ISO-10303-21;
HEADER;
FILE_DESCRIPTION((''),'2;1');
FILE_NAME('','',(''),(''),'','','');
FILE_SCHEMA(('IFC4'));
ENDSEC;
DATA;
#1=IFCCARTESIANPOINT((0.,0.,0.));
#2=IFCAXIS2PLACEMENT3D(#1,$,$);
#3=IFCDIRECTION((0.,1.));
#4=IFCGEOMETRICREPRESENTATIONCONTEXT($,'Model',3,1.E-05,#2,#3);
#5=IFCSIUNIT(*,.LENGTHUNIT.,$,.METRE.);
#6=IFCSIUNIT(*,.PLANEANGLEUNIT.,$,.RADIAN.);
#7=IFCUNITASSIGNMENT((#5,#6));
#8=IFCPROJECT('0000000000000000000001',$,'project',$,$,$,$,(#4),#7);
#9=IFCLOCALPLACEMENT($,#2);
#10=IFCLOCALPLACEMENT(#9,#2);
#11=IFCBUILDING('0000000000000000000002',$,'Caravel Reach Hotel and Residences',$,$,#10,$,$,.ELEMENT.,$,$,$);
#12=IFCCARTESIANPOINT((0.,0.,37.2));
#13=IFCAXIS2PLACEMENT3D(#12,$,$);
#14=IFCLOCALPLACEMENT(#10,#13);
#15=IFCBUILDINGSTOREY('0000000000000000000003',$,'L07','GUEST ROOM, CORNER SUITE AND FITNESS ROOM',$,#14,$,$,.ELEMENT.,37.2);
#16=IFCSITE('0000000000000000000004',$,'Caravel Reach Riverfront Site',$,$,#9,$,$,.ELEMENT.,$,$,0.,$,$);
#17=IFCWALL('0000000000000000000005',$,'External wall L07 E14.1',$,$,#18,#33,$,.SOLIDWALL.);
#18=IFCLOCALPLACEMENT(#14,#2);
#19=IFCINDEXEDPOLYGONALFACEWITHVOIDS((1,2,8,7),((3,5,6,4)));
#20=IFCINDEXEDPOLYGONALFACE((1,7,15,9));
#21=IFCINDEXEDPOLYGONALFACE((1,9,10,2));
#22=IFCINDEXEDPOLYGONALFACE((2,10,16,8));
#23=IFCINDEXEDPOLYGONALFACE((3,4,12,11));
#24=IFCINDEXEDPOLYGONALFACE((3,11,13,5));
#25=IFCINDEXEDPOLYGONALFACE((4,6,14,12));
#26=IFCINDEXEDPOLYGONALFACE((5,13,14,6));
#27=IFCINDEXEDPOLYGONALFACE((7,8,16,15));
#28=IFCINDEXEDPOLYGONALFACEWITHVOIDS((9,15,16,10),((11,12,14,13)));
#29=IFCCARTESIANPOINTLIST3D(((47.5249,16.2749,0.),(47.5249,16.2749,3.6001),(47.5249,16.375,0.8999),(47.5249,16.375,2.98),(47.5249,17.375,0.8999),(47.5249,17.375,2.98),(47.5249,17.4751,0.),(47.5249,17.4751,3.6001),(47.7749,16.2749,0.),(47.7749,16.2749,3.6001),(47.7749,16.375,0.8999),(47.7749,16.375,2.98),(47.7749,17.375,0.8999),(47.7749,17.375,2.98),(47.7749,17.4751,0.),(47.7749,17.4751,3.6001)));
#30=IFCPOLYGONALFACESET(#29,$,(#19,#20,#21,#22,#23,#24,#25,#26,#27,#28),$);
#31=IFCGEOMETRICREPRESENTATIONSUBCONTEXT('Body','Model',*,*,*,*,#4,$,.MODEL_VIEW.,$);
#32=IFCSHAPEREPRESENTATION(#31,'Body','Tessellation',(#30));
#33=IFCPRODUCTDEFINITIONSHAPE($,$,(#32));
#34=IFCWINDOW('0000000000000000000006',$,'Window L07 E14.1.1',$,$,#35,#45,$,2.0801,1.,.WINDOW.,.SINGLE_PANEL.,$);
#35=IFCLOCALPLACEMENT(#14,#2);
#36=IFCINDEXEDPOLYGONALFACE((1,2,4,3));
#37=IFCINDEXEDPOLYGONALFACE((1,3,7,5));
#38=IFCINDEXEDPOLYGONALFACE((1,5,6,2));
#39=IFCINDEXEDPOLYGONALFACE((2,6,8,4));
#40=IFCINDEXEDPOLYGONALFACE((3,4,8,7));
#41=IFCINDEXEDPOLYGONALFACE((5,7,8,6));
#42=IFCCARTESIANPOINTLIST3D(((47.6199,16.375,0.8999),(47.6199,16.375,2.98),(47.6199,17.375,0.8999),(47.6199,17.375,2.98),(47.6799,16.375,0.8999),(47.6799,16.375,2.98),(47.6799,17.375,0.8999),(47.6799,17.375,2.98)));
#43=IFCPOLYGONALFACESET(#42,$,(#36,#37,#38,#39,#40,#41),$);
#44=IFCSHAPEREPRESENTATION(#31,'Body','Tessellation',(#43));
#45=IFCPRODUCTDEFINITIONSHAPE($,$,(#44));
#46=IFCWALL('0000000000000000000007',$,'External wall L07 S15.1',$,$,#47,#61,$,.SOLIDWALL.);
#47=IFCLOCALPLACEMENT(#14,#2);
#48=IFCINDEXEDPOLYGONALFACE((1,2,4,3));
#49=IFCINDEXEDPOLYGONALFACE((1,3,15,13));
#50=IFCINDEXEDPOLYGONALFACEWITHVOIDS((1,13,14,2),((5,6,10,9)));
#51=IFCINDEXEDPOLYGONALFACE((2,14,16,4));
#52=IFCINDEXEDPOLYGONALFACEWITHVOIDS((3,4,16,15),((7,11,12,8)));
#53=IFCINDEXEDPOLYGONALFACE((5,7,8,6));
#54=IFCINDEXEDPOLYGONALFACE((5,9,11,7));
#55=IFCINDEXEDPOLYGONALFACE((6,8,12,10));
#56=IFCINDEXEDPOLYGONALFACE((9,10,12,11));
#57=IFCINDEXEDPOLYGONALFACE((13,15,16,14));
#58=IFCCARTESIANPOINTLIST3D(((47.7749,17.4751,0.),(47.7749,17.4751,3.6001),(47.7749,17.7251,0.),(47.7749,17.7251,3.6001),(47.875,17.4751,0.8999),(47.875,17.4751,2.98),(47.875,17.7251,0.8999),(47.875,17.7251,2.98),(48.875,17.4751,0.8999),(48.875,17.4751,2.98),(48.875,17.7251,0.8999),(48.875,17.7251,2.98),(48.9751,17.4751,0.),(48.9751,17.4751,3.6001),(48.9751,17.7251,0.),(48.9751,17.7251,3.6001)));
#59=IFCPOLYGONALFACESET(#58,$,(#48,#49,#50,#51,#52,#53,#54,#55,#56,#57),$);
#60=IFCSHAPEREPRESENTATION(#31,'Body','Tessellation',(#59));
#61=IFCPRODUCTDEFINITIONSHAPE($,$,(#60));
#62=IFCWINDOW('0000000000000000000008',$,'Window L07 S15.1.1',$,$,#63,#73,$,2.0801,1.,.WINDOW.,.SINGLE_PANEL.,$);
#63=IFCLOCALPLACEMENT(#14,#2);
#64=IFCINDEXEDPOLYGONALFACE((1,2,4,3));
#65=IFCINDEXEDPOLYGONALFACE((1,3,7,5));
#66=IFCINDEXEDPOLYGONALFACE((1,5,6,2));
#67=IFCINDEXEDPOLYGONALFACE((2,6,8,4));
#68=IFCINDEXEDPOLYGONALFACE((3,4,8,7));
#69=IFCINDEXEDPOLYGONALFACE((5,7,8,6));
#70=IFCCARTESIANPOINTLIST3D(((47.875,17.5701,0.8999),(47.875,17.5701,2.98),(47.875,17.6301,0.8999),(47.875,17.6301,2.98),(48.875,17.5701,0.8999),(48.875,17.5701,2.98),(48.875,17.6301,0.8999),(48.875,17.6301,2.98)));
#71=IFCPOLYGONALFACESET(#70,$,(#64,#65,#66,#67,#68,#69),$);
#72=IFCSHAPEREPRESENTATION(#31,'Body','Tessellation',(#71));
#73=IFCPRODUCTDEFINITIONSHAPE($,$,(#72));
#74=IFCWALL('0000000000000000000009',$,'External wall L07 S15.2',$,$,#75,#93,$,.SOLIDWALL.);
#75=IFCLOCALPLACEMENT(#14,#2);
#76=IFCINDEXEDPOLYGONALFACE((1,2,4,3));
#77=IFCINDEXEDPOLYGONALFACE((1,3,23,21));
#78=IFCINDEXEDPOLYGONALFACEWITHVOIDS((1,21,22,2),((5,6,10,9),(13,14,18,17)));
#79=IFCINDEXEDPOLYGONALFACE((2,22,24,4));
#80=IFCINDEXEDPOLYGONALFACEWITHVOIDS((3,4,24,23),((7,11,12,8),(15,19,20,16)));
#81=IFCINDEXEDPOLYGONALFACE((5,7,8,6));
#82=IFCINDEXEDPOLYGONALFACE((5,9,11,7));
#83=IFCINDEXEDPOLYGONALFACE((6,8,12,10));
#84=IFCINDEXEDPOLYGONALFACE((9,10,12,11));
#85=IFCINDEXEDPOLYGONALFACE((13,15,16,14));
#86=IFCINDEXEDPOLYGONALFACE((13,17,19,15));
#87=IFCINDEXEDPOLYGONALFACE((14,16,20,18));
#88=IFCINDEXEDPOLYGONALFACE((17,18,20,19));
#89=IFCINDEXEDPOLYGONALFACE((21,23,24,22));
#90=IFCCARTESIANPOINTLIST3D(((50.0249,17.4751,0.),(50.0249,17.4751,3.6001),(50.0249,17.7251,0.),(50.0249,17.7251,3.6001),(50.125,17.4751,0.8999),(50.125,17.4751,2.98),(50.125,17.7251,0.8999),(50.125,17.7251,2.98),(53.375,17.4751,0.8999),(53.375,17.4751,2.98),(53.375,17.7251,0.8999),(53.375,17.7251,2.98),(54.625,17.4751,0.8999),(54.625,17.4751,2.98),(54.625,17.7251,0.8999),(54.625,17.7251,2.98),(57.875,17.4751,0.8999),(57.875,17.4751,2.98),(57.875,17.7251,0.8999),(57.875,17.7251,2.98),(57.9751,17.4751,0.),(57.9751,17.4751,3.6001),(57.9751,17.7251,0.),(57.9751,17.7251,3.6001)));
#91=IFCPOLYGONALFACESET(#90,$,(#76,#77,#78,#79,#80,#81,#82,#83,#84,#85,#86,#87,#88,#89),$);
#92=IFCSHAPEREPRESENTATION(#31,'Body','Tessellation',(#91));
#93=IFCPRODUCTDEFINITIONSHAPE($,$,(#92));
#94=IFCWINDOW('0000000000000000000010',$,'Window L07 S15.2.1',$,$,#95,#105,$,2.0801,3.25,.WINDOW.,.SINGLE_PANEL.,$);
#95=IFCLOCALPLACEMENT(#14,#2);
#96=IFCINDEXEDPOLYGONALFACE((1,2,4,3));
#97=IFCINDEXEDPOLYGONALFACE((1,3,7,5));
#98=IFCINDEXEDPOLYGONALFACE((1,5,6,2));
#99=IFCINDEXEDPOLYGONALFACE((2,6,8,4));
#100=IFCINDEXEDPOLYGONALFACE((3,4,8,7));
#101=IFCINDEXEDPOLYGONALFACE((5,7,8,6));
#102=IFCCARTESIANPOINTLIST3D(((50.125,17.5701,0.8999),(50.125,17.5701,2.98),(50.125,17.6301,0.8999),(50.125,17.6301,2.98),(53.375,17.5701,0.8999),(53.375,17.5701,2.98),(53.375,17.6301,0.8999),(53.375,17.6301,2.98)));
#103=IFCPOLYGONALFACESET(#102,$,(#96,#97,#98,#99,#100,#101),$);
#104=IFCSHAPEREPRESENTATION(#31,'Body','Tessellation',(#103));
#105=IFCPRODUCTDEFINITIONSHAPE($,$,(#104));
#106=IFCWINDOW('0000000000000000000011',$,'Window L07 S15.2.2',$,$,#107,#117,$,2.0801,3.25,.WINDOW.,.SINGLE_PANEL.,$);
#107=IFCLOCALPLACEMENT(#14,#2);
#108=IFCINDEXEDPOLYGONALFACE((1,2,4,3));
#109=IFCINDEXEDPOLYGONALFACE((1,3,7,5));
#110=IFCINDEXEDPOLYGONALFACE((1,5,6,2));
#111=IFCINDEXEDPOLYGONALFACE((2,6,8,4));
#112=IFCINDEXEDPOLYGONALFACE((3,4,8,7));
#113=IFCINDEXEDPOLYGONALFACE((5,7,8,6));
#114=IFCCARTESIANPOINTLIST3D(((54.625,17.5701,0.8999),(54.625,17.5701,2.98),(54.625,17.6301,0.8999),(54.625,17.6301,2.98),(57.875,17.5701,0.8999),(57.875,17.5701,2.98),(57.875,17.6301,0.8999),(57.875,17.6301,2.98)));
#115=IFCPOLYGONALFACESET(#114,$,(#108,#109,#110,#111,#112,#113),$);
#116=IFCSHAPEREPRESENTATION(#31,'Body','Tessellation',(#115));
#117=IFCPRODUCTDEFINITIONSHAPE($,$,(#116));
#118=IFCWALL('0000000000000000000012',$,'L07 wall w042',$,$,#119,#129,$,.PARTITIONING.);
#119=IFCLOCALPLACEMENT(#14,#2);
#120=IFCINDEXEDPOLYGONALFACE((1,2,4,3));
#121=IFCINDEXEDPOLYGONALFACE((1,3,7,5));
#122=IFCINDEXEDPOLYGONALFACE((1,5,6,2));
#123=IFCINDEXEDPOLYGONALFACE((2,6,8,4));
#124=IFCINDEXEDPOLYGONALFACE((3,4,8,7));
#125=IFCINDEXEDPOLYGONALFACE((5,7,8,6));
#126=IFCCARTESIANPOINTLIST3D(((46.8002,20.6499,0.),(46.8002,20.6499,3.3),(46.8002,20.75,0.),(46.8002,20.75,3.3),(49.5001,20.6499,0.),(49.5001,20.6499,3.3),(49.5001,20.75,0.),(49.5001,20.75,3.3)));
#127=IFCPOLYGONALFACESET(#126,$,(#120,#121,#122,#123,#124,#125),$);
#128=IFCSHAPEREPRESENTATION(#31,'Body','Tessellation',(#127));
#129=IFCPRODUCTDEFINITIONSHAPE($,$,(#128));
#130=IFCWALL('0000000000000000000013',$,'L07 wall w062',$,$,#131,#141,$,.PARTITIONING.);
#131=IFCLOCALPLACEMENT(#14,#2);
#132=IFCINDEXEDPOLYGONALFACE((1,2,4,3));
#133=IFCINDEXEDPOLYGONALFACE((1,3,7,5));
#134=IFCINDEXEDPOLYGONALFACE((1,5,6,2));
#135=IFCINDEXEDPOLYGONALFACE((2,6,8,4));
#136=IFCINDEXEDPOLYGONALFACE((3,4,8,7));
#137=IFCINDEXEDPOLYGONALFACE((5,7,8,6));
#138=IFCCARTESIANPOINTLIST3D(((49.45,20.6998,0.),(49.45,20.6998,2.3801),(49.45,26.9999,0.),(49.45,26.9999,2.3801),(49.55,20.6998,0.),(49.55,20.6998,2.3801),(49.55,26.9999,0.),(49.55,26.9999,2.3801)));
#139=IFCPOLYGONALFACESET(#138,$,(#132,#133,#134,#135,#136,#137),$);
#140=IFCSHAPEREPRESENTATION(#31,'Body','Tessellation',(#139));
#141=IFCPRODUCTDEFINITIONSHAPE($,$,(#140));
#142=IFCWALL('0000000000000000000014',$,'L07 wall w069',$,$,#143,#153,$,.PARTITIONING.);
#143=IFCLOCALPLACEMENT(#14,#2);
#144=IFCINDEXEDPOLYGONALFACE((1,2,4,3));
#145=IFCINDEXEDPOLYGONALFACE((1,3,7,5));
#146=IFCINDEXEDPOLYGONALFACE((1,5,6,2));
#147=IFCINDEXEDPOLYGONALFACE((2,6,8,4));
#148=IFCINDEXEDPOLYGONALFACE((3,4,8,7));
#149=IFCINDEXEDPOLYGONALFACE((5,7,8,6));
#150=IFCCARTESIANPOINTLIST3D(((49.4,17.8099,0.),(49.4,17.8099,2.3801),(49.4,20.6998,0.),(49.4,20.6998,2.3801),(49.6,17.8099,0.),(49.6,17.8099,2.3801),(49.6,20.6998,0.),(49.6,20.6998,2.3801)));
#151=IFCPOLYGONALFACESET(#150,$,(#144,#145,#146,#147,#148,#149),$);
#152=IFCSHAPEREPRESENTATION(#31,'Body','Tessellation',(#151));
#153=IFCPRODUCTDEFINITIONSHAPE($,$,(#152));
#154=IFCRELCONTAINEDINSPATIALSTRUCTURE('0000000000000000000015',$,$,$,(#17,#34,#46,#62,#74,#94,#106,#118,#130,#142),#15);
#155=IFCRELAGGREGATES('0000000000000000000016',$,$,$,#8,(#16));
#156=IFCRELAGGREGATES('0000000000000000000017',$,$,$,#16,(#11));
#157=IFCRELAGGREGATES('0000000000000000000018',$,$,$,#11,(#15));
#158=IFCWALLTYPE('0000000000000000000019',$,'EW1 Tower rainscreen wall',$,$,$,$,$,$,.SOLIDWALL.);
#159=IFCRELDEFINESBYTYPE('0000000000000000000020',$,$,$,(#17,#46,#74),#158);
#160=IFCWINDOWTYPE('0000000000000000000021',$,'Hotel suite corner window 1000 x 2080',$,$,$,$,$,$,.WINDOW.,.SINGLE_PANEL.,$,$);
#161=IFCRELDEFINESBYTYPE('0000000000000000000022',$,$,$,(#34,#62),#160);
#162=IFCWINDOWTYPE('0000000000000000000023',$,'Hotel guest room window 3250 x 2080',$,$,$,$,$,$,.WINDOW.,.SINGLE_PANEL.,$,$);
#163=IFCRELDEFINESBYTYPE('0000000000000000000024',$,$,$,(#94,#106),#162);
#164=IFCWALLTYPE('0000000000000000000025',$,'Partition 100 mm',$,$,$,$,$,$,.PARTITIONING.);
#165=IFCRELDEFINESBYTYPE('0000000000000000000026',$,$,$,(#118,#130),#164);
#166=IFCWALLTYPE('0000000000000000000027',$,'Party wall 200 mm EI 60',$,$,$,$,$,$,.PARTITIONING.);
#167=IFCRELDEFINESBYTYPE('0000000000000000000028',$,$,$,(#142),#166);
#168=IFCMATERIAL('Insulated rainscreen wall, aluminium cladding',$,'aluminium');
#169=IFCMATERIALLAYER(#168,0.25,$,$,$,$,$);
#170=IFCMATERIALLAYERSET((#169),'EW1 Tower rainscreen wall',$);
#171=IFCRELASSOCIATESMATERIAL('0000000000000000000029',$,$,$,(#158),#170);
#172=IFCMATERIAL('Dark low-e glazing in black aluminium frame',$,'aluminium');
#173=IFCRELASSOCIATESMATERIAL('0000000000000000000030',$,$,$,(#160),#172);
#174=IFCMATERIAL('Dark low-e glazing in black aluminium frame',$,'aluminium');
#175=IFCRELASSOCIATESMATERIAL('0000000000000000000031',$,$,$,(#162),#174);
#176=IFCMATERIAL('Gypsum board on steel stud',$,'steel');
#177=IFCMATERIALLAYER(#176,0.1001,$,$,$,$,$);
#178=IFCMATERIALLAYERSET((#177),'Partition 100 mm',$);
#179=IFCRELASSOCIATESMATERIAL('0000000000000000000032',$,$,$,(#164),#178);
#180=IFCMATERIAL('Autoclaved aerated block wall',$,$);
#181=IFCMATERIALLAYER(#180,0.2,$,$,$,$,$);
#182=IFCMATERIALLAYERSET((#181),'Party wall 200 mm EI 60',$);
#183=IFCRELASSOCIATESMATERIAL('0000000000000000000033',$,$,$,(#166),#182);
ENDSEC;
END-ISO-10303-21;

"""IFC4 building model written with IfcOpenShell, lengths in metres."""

from ifc_helpers import new_model, si_unit, direction, frame, frame_2d, origin, place, context, subcontext, project, spatial, rectangle, extrude, material, layer, layer_set, type_object, element, fill, save


model = new_model("IFC4")

# Units and contexts
model_context = context("Model", 3, precision=1e-05, world=origin(), true_north=direction((0.0, 1.0)))
body_context = subcontext(model_context, "Body", "Model", "MODEL_VIEW")
ifc_project = project(units=[si_unit("LENGTHUNIT", "METRE"), si_unit("PLANEANGLEUNIT", "RADIAN")], contexts=[model_context])

# Site, building, storey
site_placement = place(None, origin())
site = spatial("IfcSite", under=ifc_project, at=site_placement, Name="Caravel Reach Riverfront Site", CompositionType="ELEMENT", RefElevation=0.0)
building_placement = place(site_placement, origin())
building = spatial("IfcBuilding", under=site, at=building_placement, Name="Caravel Reach Hotel and Residences", CompositionType="ELEMENT")
storey_placement = place(building_placement, frame((0.0, 0.0, 37.2)))
storey = spatial("IfcBuildingStorey", under=building, at=storey_placement, Name="L07", Description="GUEST ROOM, CORNER SUITE AND FITNESS ROOM", CompositionType="ELEMENT", Elevation=37.2)

# Walls, openings, windows
ifc_material_1 = material(Name="Insulated rainscreen wall, aluminium cladding", Category="aluminium")
ifc_layer_1 = layer(ifc_material_1, 0.25)
ifc_layer_set_1 = layer_set([ifc_layer_1], Name="EW1 Tower rainscreen wall")
wall_type_1 = type_object("IfcWallType", Name="EW1 Tower rainscreen wall", PredefinedType="SOLIDWALL", material=ifc_layer_set_1)
ifc_material_2 = material(Name="Dark low-e glazing in black aluminium frame", Category="aluminium")
window_type_1 = type_object("IfcWindowType", Name="Hotel suite corner window 1000 x 2080", PartitioningType="SINGLE_PANEL", PredefinedType="WINDOW", material=ifc_material_2)
wall_1_placement = place(storey_placement, frame((47.6499, 16.2749, 0.0), z_axis=(0.0, 0.0, 1.0), x_axis=(0.0, 1.0, 0.0)))
wall_1 = element("IfcWall", 1, at=wall_1_placement, inside=storey, type_object=wall_type_1, Name="External wall L07 E14.1", PredefinedType="SOLIDWALL", context=body_context, shape_type="SweptSolid", body=[
    extrude(rectangle(XDim=1.2002, YDim=0.25, at=frame_2d((0.6001, 0.0))), origin(), (0.0, 0.0, 1.0), 3.6001),
])
opening_1_placement = place(wall_1_placement, frame((0.1001, 0.0, 0.8999)))
opening_1 = element("IfcOpeningElement", 2, at=opening_1_placement, cuts=wall_1, PredefinedType="OPENING", context=body_context, shape_type="SweptSolid", body=[
    extrude(rectangle(XDim=1.0, YDim=2.0801, at=frame_2d((0.5, 1.04))), frame((0.0, 0.135, 0.0), z_axis=(0.0, -1.0, 0.0), x_axis=(1.0, 0.0, 0.0)), (0.0, 0.0, 1.0), 0.27),
])
window_1_placement = place(opening_1_placement, origin())
window_1 = element("IfcWindow", 3, at=window_1_placement, inside=storey, type_object=window_type_1, Name="Window L07 E14.1.1", OverallHeight=2.0801, OverallWidth=1.0, PartitioningType="SINGLE_PANEL", PredefinedType="WINDOW", context=body_context, shape_type="SweptSolid", body=[
    extrude(rectangle(XDim=1.0, YDim=2.0801, at=frame_2d((0.5, 1.04))), frame((0.0, 0.03, 0.0), z_axis=(0.0, -1.0, 0.0), x_axis=(1.0, 0.0, 0.0)), (0.0, 0.0, 1.0), 0.0601),
])
fill(opening_1, window_1)
wall_2_placement = place(storey_placement, frame((47.7749, 17.6001, 0.0), z_axis=(0.0, 0.0, 1.0), x_axis=(1.0, 0.0, 0.0)))
wall_2 = element("IfcWall", 4, at=wall_2_placement, inside=storey, type_object=wall_type_1, Name="External wall L07 S15.1", PredefinedType="SOLIDWALL", context=body_context, shape_type="SweptSolid", body=[
    extrude(rectangle(XDim=1.2002, YDim=0.25, at=frame_2d((0.6001, 0.0))), origin(), (0.0, 0.0, 1.0), 3.6001),
])
opening_2_placement = place(wall_2_placement, frame((0.1001, 0.0, 0.8999)))
opening_2 = element("IfcOpeningElement", 5, at=opening_2_placement, cuts=wall_2, PredefinedType="OPENING", context=body_context, shape_type="SweptSolid", body=[
    extrude(rectangle(XDim=1.0, YDim=2.0801, at=frame_2d((0.5, 1.04))), frame((0.0, 0.135, 0.0), z_axis=(0.0, -1.0, 0.0), x_axis=(1.0, 0.0, 0.0)), (0.0, 0.0, 1.0), 0.27),
])
window_2_placement = place(opening_2_placement, origin())
window_2 = element("IfcWindow", 6, at=window_2_placement, inside=storey, type_object=window_type_1, Name="Window L07 S15.1.1", OverallHeight=2.0801, OverallWidth=1.0, PartitioningType="SINGLE_PANEL", PredefinedType="WINDOW", context=body_context, shape_type="SweptSolid", body=[
    extrude(rectangle(XDim=1.0, YDim=2.0801, at=frame_2d((0.5, 1.04))), frame((0.0, 0.03, 0.0), z_axis=(0.0, -1.0, 0.0), x_axis=(1.0, 0.0, 0.0)), (0.0, 0.0, 1.0), 0.0601),
])
fill(opening_2, window_2)

# Wall, openings, windows
wall_3_placement = place(storey_placement, frame((50.0249, 17.6001, 0.0), z_axis=(0.0, 0.0, 1.0), x_axis=(1.0, 0.0, 0.0)))
wall_3 = element("IfcWall", 7, at=wall_3_placement, inside=storey, type_object=wall_type_1, Name="External wall L07 S15.2", PredefinedType="SOLIDWALL", context=body_context, shape_type="SweptSolid", body=[
    extrude(rectangle(XDim=7.9502, YDim=0.25, at=frame_2d((3.9751, 0.0))), origin(), (0.0, 0.0, 1.0), 3.6001),
])
opening_3_placement = place(wall_3_placement, frame((0.1001, 0.0, 0.8999)))
opening_3 = element("IfcOpeningElement", 8, at=opening_3_placement, cuts=wall_3, PredefinedType="OPENING", context=body_context, shape_type="SweptSolid", body=[
    extrude(rectangle(XDim=3.25, YDim=2.0801, at=frame_2d((1.625, 1.04))), frame((0.0, 0.135, 0.0), z_axis=(0.0, -1.0, 0.0), x_axis=(1.0, 0.0, 0.0)), (0.0, 0.0, 1.0), 0.27),
])
opening_4_placement = place(wall_3_placement, frame((4.6001, 0.0, 0.8999)))
opening_4 = element("IfcOpeningElement", 9, at=opening_4_placement, cuts=wall_3, PredefinedType="OPENING", context=body_context, shape_type="SweptSolid", body=[
    extrude(rectangle(XDim=3.25, YDim=2.0801, at=frame_2d((1.625, 1.04))), frame((0.0, 0.135, 0.0), z_axis=(0.0, -1.0, 0.0), x_axis=(1.0, 0.0, 0.0)), (0.0, 0.0, 1.0), 0.27),
])
ifc_material_3 = material(Name="Dark low-e glazing in black aluminium frame", Category="aluminium")
window_type_2 = type_object("IfcWindowType", Name="Hotel guest room window 3250 x 2080", PartitioningType="SINGLE_PANEL", PredefinedType="WINDOW", material=ifc_material_3)
window_3_placement = place(opening_3_placement, origin())
window_3 = element("IfcWindow", 10, at=window_3_placement, inside=storey, type_object=window_type_2, Name="Window L07 S15.2.1", OverallHeight=2.0801, OverallWidth=3.25, PartitioningType="SINGLE_PANEL", PredefinedType="WINDOW", context=body_context, shape_type="SweptSolid", body=[
    extrude(rectangle(XDim=3.25, YDim=2.0801, at=frame_2d((1.625, 1.04))), frame((0.0, 0.03, 0.0), z_axis=(0.0, -1.0, 0.0), x_axis=(1.0, 0.0, 0.0)), (0.0, 0.0, 1.0), 0.0601),
])
fill(opening_3, window_3)
window_4_placement = place(opening_4_placement, origin())
window_4 = element("IfcWindow", 11, at=window_4_placement, inside=storey, type_object=window_type_2, Name="Window L07 S15.2.2", OverallHeight=2.0801, OverallWidth=3.25, PartitioningType="SINGLE_PANEL", PredefinedType="WINDOW", context=body_context, shape_type="SweptSolid", body=[
    extrude(rectangle(XDim=3.25, YDim=2.0801, at=frame_2d((1.625, 1.04))), frame((0.0, 0.03, 0.0), z_axis=(0.0, -1.0, 0.0), x_axis=(1.0, 0.0, 0.0)), (0.0, 0.0, 1.0), 0.0601),
])
fill(opening_4, window_4)

# Walls
ifc_material_4 = material(Name="Gypsum board on steel stud", Category="steel")
ifc_layer_2 = layer(ifc_material_4, 0.1001)
ifc_layer_set_2 = layer_set([ifc_layer_2], Name="Partition 100 mm")
wall_type_2 = type_object("IfcWallType", Name="Partition 100 mm", PredefinedType="PARTITIONING", material=ifc_layer_set_2)
wall_4_placement = place(storey_placement, frame((46.8, 20.7, 0.0), z_axis=(0.0, 0.0, 1.0), x_axis=(1.0, 0.0, 0.0)))
element("IfcWall", 12, at=wall_4_placement, inside=storey, type_object=wall_type_2, Name="L07 wall w042", PredefinedType="PARTITIONING", context=body_context, shape_type="SweptSolid", body=[
    extrude(rectangle(XDim=2.7, YDim=0.1001, at=frame_2d((1.3501, 0.0))), origin(), (0.0, 0.0, 1.0), 3.3),
])
wall_5_placement = place(storey_placement, frame((49.5, 20.7, 0.0), z_axis=(0.0, 0.0, 1.0), x_axis=(0.0, 1.0, 0.0)))
element("IfcWall", 13, at=wall_5_placement, inside=storey, type_object=wall_type_2, Name="L07 wall w062", PredefinedType="PARTITIONING", context=body_context, shape_type="SweptSolid", body=[
    extrude(rectangle(XDim=6.3, YDim=0.1001, at=frame_2d((3.1499, 0.0))), origin(), (0.0, 0.0, 1.0), 2.3801),
])
ifc_material_5 = material(Name="Autoclaved aerated block wall")
ifc_layer_3 = layer(ifc_material_5, 0.2)
ifc_layer_set_3 = layer_set([ifc_layer_3], Name="Party wall 200 mm EI 60")
wall_type_3 = type_object("IfcWallType", Name="Party wall 200 mm EI 60", PredefinedType="PARTITIONING", material=ifc_layer_set_3)
wall_6_placement = place(storey_placement, frame((49.5, 17.8101, 0.0), z_axis=(0.0, 0.0, 1.0), x_axis=(0.0, 1.0, 0.0)))
element("IfcWall", 14, at=wall_6_placement, inside=storey, type_object=wall_type_3, Name="L07 wall w069", PredefinedType="PARTITIONING", context=body_context, shape_type="SweptSolid", body=[
    extrude(rectangle(XDim=2.8899, YDim=0.2, at=frame_2d((1.4448, 0.0))), origin(), (0.0, 0.0, 1.0), 2.3801),
])

save(model, "model.ifc")
